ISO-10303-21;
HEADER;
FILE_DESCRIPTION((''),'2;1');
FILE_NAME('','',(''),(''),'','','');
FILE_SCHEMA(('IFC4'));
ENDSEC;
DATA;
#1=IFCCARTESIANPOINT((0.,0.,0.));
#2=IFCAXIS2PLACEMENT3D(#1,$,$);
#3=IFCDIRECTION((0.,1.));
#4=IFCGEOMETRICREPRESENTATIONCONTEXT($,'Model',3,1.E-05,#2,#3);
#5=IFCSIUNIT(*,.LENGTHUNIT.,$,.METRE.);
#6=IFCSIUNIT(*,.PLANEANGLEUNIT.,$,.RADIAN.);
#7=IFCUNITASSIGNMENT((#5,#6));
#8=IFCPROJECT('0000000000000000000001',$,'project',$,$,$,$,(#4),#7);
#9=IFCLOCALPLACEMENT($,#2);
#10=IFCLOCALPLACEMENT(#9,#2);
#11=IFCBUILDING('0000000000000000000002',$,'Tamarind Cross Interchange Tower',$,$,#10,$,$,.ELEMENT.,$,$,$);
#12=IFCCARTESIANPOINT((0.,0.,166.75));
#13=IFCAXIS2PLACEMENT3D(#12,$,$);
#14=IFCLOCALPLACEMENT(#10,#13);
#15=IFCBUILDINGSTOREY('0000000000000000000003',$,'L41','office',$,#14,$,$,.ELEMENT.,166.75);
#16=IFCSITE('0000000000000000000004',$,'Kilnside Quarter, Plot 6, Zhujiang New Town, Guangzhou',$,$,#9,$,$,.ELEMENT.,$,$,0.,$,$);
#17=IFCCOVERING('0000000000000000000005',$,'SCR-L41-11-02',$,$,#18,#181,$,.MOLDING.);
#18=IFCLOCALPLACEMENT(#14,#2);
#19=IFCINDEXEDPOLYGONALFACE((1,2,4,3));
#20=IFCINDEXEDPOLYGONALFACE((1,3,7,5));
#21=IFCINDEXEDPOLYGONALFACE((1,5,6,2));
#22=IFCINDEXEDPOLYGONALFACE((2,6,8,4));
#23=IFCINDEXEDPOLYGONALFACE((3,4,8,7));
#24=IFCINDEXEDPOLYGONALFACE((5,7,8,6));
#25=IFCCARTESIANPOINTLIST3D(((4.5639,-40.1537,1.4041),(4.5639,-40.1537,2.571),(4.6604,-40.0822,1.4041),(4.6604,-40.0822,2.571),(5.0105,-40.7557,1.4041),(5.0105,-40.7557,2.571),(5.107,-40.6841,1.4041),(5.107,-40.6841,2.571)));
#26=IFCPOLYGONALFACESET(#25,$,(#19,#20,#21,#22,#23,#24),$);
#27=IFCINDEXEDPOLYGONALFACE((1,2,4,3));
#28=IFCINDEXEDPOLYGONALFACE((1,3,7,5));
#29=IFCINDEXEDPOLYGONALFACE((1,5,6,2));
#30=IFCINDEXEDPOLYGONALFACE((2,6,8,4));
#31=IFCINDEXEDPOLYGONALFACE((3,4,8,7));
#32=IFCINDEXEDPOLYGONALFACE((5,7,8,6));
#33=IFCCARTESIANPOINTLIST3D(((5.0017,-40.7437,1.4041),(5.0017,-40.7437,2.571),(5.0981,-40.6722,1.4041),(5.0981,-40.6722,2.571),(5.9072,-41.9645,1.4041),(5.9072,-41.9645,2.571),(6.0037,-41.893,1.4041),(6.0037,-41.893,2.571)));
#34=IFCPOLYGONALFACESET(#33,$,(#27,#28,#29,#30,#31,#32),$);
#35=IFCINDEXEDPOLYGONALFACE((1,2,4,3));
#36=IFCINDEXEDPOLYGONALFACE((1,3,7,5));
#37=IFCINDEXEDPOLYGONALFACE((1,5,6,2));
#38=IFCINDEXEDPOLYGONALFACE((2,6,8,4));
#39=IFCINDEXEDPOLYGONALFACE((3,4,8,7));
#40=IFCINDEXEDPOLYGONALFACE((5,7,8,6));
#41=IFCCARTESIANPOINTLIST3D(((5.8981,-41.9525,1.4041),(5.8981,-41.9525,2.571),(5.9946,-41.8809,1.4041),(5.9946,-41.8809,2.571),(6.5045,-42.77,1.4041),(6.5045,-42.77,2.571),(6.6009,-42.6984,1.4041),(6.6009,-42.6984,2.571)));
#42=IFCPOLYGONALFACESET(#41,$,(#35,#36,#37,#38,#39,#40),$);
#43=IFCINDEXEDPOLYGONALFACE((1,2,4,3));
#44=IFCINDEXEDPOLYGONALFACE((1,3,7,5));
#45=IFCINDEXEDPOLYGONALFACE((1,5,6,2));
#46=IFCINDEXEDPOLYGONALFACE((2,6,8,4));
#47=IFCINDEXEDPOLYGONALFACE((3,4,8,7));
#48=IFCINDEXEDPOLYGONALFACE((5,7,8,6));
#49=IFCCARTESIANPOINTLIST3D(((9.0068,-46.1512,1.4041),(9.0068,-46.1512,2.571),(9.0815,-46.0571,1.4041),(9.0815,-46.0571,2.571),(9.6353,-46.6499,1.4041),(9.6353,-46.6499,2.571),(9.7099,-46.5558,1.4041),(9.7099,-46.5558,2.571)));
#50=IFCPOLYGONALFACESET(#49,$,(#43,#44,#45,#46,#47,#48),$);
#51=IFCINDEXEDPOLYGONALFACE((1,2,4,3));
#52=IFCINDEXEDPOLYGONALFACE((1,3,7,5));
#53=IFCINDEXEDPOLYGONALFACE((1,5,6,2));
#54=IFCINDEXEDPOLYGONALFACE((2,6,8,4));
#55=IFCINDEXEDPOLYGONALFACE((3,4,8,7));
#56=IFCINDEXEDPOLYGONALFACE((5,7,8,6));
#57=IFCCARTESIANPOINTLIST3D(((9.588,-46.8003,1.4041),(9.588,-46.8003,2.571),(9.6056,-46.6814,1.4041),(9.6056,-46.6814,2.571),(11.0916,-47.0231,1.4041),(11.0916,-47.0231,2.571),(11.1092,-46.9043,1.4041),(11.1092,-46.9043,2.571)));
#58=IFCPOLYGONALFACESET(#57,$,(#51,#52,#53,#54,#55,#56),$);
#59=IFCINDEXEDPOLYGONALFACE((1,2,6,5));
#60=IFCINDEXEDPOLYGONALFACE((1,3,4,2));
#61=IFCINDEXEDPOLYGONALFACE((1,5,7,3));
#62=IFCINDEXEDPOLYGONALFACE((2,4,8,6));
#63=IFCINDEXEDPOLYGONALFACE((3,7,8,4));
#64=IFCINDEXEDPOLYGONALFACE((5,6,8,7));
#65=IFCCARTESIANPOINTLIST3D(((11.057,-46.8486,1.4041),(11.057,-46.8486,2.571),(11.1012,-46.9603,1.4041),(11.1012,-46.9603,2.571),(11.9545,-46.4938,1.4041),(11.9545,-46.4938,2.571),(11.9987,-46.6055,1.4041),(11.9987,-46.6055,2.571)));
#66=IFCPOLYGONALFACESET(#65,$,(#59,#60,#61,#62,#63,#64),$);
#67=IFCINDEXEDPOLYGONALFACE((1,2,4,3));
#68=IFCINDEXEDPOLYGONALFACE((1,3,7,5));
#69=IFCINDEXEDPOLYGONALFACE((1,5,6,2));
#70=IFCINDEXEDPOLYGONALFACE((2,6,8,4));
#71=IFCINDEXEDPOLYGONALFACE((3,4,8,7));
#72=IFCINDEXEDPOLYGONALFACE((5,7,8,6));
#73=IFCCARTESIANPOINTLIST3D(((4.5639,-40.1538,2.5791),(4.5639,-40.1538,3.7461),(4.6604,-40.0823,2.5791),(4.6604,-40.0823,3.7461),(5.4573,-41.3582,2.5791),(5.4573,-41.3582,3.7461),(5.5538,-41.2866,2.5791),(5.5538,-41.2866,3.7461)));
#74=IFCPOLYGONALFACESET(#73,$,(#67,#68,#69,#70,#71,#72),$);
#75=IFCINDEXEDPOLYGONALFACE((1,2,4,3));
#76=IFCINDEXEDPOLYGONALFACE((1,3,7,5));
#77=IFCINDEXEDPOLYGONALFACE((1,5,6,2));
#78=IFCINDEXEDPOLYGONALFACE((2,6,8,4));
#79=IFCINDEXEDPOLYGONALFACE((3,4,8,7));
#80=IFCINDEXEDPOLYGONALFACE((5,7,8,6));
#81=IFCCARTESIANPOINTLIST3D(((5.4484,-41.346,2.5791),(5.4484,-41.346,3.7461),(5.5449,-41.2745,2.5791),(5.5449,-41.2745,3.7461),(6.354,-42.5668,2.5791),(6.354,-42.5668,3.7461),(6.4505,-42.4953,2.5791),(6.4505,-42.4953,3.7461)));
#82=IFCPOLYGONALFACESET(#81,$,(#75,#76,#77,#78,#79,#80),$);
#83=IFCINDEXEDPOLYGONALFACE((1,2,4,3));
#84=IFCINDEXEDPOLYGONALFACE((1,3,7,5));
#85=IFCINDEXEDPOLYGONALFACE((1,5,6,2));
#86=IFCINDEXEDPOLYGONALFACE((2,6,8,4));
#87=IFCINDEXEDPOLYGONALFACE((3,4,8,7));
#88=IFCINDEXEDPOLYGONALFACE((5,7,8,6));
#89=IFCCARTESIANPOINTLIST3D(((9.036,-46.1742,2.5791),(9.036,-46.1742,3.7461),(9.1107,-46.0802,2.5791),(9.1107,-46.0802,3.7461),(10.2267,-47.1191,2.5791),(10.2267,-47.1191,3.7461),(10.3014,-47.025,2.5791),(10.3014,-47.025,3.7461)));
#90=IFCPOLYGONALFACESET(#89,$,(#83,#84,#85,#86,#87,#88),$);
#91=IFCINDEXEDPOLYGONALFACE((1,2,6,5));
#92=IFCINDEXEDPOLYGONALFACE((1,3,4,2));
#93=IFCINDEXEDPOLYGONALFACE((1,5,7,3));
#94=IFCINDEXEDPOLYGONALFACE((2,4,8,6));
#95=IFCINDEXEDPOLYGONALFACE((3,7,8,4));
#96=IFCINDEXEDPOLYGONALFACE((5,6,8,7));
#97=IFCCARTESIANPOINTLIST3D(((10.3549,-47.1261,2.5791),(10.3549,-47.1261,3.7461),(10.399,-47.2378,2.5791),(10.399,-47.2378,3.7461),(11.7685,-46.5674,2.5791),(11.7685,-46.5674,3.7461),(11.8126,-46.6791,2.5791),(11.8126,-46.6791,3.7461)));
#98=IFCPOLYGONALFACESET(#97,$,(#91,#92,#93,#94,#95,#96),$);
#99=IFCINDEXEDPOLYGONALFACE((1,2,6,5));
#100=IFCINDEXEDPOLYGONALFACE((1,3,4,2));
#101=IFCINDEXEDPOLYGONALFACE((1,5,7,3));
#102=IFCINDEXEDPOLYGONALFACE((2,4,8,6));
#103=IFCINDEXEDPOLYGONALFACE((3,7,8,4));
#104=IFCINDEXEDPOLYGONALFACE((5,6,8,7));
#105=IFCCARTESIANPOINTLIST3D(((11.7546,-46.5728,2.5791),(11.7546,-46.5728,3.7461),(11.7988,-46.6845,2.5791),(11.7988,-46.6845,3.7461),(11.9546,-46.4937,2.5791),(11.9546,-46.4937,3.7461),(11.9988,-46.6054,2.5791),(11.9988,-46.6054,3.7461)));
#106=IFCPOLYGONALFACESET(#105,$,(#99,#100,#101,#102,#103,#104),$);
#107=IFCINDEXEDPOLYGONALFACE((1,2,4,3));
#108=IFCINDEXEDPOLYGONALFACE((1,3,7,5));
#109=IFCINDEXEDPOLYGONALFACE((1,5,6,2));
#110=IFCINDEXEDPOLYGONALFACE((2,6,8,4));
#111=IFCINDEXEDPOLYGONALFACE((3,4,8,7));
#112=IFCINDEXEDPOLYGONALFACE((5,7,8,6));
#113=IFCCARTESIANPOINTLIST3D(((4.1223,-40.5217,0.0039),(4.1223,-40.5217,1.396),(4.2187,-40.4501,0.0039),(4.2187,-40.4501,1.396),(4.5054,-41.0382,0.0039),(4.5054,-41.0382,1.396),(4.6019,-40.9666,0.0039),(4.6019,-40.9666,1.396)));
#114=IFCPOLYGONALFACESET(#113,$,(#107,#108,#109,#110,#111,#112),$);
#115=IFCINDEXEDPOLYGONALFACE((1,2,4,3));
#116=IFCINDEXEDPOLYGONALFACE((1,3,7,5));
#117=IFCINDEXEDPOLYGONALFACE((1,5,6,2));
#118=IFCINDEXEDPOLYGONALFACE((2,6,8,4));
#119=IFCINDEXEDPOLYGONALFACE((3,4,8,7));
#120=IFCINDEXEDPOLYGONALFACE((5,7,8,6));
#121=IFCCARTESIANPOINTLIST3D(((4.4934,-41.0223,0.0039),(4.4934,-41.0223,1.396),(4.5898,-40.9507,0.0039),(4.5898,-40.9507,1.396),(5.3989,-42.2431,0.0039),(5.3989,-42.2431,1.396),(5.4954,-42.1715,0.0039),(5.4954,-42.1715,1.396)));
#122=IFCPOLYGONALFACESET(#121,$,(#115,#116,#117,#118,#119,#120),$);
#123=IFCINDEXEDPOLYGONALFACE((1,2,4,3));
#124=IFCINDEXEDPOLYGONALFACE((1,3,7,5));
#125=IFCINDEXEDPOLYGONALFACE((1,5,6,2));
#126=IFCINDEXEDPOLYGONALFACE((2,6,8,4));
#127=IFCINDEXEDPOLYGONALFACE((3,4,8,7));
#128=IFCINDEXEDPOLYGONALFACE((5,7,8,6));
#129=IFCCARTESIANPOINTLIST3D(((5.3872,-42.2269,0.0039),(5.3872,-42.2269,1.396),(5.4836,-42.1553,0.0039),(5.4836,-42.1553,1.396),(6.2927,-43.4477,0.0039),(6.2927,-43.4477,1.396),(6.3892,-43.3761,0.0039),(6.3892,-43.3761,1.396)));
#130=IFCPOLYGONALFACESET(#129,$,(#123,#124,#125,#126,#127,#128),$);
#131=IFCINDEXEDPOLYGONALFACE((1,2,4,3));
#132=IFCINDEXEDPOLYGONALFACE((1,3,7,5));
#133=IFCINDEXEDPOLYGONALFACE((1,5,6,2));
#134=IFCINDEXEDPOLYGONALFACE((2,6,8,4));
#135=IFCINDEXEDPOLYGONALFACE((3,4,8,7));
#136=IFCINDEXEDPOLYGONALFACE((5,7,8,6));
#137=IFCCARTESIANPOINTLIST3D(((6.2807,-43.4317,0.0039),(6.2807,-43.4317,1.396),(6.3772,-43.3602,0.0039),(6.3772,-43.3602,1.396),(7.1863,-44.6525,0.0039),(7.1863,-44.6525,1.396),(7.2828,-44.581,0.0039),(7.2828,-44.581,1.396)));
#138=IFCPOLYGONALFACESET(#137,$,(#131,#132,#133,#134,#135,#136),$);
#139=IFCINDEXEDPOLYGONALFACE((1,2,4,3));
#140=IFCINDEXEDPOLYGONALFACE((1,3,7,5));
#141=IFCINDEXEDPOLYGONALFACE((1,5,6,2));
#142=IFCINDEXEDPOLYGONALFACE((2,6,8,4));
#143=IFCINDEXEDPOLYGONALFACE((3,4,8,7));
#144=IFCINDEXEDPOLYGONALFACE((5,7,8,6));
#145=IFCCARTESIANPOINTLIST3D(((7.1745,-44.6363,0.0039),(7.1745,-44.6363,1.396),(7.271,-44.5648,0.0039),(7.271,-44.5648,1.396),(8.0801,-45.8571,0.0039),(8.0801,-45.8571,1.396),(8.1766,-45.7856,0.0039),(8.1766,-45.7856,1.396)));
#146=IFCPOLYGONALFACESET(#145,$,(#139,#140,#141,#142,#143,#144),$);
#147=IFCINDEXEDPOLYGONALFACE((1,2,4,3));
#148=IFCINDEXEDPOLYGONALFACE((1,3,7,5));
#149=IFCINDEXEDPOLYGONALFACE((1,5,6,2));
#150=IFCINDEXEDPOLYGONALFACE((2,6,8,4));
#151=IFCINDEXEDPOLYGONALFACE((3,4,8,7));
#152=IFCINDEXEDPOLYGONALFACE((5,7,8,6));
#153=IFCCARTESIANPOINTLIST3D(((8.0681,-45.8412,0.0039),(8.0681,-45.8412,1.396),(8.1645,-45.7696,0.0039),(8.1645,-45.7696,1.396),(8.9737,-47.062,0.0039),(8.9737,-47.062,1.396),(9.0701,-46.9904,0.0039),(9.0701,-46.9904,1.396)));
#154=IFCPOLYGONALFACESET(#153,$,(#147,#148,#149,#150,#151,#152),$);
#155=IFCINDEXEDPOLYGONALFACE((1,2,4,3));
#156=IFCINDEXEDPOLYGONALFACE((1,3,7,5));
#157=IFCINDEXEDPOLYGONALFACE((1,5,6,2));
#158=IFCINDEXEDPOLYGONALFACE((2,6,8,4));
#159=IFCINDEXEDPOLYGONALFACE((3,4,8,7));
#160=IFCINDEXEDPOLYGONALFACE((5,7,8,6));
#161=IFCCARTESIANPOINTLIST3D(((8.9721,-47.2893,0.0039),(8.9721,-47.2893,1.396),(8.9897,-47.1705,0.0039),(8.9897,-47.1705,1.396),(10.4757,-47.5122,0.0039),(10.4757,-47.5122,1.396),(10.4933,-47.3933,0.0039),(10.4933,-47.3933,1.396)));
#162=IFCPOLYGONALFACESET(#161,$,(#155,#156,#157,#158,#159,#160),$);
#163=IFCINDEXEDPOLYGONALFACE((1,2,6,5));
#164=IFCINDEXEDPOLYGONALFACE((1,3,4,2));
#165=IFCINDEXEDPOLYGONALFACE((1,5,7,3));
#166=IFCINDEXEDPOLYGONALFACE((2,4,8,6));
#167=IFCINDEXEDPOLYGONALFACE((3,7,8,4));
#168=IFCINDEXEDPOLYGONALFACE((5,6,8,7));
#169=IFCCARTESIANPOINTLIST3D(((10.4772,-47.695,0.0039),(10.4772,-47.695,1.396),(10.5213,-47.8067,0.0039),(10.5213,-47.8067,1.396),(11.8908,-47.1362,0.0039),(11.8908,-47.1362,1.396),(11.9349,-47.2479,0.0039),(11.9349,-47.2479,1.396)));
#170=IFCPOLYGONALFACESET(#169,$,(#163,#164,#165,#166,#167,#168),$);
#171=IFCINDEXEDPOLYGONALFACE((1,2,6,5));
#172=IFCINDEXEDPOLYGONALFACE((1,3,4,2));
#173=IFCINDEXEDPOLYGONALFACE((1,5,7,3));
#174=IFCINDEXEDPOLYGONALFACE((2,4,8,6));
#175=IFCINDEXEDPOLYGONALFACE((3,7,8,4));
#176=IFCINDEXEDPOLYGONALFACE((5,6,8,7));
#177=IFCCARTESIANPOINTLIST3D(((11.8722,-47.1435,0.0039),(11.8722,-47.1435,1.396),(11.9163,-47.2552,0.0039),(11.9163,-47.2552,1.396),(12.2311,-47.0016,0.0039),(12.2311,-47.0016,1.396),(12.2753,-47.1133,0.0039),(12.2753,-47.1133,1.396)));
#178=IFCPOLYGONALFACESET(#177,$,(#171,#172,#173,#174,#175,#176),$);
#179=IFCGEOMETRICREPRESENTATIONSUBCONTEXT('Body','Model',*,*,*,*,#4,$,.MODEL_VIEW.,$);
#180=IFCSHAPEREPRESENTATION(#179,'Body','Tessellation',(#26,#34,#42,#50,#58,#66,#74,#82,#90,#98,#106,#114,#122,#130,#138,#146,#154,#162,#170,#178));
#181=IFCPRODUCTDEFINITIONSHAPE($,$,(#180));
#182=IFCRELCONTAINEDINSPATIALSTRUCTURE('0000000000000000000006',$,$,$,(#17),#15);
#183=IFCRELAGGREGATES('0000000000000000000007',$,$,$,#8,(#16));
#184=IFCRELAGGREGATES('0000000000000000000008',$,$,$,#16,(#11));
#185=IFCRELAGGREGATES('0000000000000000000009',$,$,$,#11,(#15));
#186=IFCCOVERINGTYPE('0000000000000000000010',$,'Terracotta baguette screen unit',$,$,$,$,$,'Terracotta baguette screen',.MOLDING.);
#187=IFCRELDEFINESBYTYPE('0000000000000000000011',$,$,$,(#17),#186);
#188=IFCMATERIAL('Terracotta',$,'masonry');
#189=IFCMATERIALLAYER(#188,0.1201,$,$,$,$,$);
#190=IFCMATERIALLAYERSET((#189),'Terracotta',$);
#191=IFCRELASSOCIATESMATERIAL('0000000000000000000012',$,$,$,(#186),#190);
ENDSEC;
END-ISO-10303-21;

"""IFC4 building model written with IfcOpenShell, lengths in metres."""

from ifc_helpers import new_model, si_unit, direction, frame, origin, origin_2d, place, context, subcontext, project, spatial, rectangle, extrude, material, layer, layer_set, type_object, element, save


model = new_model("IFC4")

# Units and contexts
model_context = context("Model", 3, precision=1e-05, world=origin(), true_north=direction((0.0, 1.0)))
body_context = subcontext(model_context, "Body", "Model", "MODEL_VIEW")
ifc_project = project(units=[si_unit("LENGTHUNIT", "METRE"), si_unit("PLANEANGLEUNIT", "RADIAN")], contexts=[model_context])

# Site, building, storey
site_placement = place(None, origin())
site = spatial("IfcSite", under=ifc_project, at=site_placement, Name="Kilnside Quarter, Plot 6, Zhujiang New Town, Guangzhou", CompositionType="ELEMENT", RefElevation=0.0)
building_placement = place(site_placement, origin())
building = spatial("IfcBuilding", under=site, at=building_placement, Name="Tamarind Cross Interchange Tower", CompositionType="ELEMENT")
storey_placement = place(building_placement, frame((0.0, 0.0, 166.75)))
storey = spatial("IfcBuildingStorey", under=building, at=storey_placement, Name="L41", Description="office", CompositionType="ELEMENT", Elevation=166.75)

# Covering
ifc_material_1 = material(Name="Terracotta", Category="masonry")
ifc_layer_1 = layer(ifc_material_1, 0.1201)
ifc_layer_set_1 = layer_set([ifc_layer_1], Name="Terracotta")
covering_type = type_object("IfcCoveringType", Name="Terracotta baguette screen unit", ElementType="Terracotta baguette screen", PredefinedType="MOLDING", material=ifc_layer_set_1)
covering_1_placement = place(storey_placement, origin())
element("IfcCovering", 1, at=covering_1_placement, inside=storey, type_object=covering_type, Name="SCR-L41-11-02", PredefinedType="MOLDING", context=body_context, shape_type="SweptSolid", body=[
    extrude(rectangle(XDim=0.7495, YDim=0.1201, at=origin_2d()), frame((4.8354, -40.4189, 1.4041), z_axis=(0.0, 0.0, 1.0), x_axis=(0.595776, -0.80315, 0.0)), (0.0, 0.0, 1.0), 1.167),
    extrude(rectangle(XDim=1.52, YDim=0.1201, at=origin_2d()), frame((5.5027, -41.3184, 1.4041), z_axis=(0.0, 0.0, 1.0), x_axis=(0.595776, -0.80315, 0.0)), (0.0, 0.0, 1.0), 1.167),
    extrude(rectangle(XDim=1.0178, YDim=0.1201, at=origin_2d()), frame((6.2495, -42.3254, 1.4041), z_axis=(0.0, 0.0, 1.0), x_axis=(0.595776, -0.80315, 0.0)), (0.0, 0.0, 1.0), 1.167),
    extrude(rectangle(XDim=0.8022, YDim=0.1201, at=origin_2d()), frame((9.3584, -46.3535, 1.4041), z_axis=(0.0, 0.0, 1.0), x_axis=(0.783346, -0.621585, 0.0)), (0.0, 0.0, 1.0), 1.167),
    extrude(rectangle(XDim=1.52, YDim=0.1201, at=origin_2d()), frame((10.3486, -46.8523, 1.4041), z_axis=(0.0, 0.0, 1.0), x_axis=(0.989191, -0.146636, 0.0)), (0.0, 0.0, 1.0), 1.167),
    extrude(rectangle(XDim=0.9651, YDim=0.1201, at=origin_2d()), frame((11.5278, -46.7271, 1.4041), z_axis=(0.0, 0.0, 1.0), x_axis=(0.929982, 0.367605, 0.0)), (0.0, 0.0, 1.0), 1.167),
    extrude(rectangle(XDim=1.4995, YDim=0.1201, at=origin_2d()), frame((5.0588, -40.7202, 2.5791), z_axis=(0.0, 0.0, 1.0), x_axis=(0.595776, -0.80315, 0.0)), (0.0, 0.0, 1.0), 1.167),
    extrude(rectangle(XDim=1.52, YDim=0.1201, at=origin_2d()), frame((5.9495, -41.9207, 2.5791), z_axis=(0.0, 0.0, 1.0), x_axis=(0.595776, -0.80315, 0.0)), (0.0, 0.0, 1.0), 1.167),
    extrude(rectangle(XDim=1.52, YDim=0.1201, at=origin_2d()), frame((9.6687, -46.5996, 2.5791), z_axis=(0.0, 0.0, 1.0), x_axis=(0.783346, -0.621585, 0.0)), (0.0, 0.0, 1.0), 1.167),
    extrude(rectangle(XDim=1.52, YDim=0.1201, at=origin_2d()), frame((11.0837, -46.9026, 2.5791), z_axis=(0.0, 0.0, 1.0), x_axis=(0.929982, 0.367605, 0.0)), (0.0, 0.0, 1.0), 1.167),
    extrude(rectangle(XDim=0.2151, YDim=0.1201, at=origin_2d()), frame((11.8767, -46.5891, 2.5791), z_axis=(0.0, 0.0, 1.0), x_axis=(0.929982, 0.367605, 0.0)), (0.0, 0.0, 1.0), 1.167),
    extrude(rectangle(XDim=0.6431, YDim=0.1201, at=origin_2d()), frame((4.3621, -40.7441, 0.0039), z_axis=(0.0, 0.0, 1.0), x_axis=(0.595776, -0.80315, 0.0)), (0.0, 0.0, 1.0), 1.3921),
    extrude(rectangle(XDim=1.52, YDim=0.1201, at=origin_2d()), frame((4.9944, -41.5969, 0.0039), z_axis=(0.0, 0.0, 1.0), x_axis=(0.595776, -0.80315, 0.0)), (0.0, 0.0, 1.0), 1.3921),
    extrude(rectangle(XDim=1.52, YDim=0.1201, at=origin_2d()), frame((5.8882, -42.8015, 0.0039), z_axis=(0.0, 0.0, 1.0), x_axis=(0.595776, -0.80315, 0.0)), (0.0, 0.0, 1.0), 1.3921),
    extrude(rectangle(XDim=1.52, YDim=0.1201, at=origin_2d()), frame((6.7817, -44.0063, 0.0039), z_axis=(0.0, 0.0, 1.0), x_axis=(0.595776, -0.80315, 0.0)), (0.0, 0.0, 1.0), 1.3921),
    extrude(rectangle(XDim=1.52, YDim=0.1201, at=origin_2d()), frame((7.6755, -45.2109, 0.0039), z_axis=(0.0, 0.0, 1.0), x_axis=(0.595776, -0.80315, 0.0)), (0.0, 0.0, 1.0), 1.3921),
    extrude(rectangle(XDim=1.52, YDim=0.1201, at=origin_2d()), frame((8.5691, -46.4158, 0.0039), z_axis=(0.0, 0.0, 1.0), x_axis=(0.595776, -0.80315, 0.0)), (0.0, 0.0, 1.0), 1.3921),
    extrude(rectangle(XDim=1.52, YDim=0.1201, at=origin_2d()), frame((9.7327, -47.3413, 0.0039), z_axis=(0.0, 0.0, 1.0), x_axis=(0.989191, -0.146636, 0.0)), (0.0, 0.0, 1.0), 1.3921),
    extrude(rectangle(XDim=1.52, YDim=0.1201, at=origin_2d()), frame((11.2061, -47.4714, 0.0039), z_axis=(0.0, 0.0, 1.0), x_axis=(0.929982, 0.367605, 0.0)), (0.0, 0.0, 1.0), 1.3921),
    extrude(rectangle(XDim=0.386, YDim=0.1201, at=origin_2d()), frame((12.0737, -47.1284, 0.0039), z_axis=(0.0, 0.0, 1.0), x_axis=(0.929982, 0.367605, 0.0)), (0.0, 0.0, 1.0), 1.3921),
])

save(model, "model.ifc")
